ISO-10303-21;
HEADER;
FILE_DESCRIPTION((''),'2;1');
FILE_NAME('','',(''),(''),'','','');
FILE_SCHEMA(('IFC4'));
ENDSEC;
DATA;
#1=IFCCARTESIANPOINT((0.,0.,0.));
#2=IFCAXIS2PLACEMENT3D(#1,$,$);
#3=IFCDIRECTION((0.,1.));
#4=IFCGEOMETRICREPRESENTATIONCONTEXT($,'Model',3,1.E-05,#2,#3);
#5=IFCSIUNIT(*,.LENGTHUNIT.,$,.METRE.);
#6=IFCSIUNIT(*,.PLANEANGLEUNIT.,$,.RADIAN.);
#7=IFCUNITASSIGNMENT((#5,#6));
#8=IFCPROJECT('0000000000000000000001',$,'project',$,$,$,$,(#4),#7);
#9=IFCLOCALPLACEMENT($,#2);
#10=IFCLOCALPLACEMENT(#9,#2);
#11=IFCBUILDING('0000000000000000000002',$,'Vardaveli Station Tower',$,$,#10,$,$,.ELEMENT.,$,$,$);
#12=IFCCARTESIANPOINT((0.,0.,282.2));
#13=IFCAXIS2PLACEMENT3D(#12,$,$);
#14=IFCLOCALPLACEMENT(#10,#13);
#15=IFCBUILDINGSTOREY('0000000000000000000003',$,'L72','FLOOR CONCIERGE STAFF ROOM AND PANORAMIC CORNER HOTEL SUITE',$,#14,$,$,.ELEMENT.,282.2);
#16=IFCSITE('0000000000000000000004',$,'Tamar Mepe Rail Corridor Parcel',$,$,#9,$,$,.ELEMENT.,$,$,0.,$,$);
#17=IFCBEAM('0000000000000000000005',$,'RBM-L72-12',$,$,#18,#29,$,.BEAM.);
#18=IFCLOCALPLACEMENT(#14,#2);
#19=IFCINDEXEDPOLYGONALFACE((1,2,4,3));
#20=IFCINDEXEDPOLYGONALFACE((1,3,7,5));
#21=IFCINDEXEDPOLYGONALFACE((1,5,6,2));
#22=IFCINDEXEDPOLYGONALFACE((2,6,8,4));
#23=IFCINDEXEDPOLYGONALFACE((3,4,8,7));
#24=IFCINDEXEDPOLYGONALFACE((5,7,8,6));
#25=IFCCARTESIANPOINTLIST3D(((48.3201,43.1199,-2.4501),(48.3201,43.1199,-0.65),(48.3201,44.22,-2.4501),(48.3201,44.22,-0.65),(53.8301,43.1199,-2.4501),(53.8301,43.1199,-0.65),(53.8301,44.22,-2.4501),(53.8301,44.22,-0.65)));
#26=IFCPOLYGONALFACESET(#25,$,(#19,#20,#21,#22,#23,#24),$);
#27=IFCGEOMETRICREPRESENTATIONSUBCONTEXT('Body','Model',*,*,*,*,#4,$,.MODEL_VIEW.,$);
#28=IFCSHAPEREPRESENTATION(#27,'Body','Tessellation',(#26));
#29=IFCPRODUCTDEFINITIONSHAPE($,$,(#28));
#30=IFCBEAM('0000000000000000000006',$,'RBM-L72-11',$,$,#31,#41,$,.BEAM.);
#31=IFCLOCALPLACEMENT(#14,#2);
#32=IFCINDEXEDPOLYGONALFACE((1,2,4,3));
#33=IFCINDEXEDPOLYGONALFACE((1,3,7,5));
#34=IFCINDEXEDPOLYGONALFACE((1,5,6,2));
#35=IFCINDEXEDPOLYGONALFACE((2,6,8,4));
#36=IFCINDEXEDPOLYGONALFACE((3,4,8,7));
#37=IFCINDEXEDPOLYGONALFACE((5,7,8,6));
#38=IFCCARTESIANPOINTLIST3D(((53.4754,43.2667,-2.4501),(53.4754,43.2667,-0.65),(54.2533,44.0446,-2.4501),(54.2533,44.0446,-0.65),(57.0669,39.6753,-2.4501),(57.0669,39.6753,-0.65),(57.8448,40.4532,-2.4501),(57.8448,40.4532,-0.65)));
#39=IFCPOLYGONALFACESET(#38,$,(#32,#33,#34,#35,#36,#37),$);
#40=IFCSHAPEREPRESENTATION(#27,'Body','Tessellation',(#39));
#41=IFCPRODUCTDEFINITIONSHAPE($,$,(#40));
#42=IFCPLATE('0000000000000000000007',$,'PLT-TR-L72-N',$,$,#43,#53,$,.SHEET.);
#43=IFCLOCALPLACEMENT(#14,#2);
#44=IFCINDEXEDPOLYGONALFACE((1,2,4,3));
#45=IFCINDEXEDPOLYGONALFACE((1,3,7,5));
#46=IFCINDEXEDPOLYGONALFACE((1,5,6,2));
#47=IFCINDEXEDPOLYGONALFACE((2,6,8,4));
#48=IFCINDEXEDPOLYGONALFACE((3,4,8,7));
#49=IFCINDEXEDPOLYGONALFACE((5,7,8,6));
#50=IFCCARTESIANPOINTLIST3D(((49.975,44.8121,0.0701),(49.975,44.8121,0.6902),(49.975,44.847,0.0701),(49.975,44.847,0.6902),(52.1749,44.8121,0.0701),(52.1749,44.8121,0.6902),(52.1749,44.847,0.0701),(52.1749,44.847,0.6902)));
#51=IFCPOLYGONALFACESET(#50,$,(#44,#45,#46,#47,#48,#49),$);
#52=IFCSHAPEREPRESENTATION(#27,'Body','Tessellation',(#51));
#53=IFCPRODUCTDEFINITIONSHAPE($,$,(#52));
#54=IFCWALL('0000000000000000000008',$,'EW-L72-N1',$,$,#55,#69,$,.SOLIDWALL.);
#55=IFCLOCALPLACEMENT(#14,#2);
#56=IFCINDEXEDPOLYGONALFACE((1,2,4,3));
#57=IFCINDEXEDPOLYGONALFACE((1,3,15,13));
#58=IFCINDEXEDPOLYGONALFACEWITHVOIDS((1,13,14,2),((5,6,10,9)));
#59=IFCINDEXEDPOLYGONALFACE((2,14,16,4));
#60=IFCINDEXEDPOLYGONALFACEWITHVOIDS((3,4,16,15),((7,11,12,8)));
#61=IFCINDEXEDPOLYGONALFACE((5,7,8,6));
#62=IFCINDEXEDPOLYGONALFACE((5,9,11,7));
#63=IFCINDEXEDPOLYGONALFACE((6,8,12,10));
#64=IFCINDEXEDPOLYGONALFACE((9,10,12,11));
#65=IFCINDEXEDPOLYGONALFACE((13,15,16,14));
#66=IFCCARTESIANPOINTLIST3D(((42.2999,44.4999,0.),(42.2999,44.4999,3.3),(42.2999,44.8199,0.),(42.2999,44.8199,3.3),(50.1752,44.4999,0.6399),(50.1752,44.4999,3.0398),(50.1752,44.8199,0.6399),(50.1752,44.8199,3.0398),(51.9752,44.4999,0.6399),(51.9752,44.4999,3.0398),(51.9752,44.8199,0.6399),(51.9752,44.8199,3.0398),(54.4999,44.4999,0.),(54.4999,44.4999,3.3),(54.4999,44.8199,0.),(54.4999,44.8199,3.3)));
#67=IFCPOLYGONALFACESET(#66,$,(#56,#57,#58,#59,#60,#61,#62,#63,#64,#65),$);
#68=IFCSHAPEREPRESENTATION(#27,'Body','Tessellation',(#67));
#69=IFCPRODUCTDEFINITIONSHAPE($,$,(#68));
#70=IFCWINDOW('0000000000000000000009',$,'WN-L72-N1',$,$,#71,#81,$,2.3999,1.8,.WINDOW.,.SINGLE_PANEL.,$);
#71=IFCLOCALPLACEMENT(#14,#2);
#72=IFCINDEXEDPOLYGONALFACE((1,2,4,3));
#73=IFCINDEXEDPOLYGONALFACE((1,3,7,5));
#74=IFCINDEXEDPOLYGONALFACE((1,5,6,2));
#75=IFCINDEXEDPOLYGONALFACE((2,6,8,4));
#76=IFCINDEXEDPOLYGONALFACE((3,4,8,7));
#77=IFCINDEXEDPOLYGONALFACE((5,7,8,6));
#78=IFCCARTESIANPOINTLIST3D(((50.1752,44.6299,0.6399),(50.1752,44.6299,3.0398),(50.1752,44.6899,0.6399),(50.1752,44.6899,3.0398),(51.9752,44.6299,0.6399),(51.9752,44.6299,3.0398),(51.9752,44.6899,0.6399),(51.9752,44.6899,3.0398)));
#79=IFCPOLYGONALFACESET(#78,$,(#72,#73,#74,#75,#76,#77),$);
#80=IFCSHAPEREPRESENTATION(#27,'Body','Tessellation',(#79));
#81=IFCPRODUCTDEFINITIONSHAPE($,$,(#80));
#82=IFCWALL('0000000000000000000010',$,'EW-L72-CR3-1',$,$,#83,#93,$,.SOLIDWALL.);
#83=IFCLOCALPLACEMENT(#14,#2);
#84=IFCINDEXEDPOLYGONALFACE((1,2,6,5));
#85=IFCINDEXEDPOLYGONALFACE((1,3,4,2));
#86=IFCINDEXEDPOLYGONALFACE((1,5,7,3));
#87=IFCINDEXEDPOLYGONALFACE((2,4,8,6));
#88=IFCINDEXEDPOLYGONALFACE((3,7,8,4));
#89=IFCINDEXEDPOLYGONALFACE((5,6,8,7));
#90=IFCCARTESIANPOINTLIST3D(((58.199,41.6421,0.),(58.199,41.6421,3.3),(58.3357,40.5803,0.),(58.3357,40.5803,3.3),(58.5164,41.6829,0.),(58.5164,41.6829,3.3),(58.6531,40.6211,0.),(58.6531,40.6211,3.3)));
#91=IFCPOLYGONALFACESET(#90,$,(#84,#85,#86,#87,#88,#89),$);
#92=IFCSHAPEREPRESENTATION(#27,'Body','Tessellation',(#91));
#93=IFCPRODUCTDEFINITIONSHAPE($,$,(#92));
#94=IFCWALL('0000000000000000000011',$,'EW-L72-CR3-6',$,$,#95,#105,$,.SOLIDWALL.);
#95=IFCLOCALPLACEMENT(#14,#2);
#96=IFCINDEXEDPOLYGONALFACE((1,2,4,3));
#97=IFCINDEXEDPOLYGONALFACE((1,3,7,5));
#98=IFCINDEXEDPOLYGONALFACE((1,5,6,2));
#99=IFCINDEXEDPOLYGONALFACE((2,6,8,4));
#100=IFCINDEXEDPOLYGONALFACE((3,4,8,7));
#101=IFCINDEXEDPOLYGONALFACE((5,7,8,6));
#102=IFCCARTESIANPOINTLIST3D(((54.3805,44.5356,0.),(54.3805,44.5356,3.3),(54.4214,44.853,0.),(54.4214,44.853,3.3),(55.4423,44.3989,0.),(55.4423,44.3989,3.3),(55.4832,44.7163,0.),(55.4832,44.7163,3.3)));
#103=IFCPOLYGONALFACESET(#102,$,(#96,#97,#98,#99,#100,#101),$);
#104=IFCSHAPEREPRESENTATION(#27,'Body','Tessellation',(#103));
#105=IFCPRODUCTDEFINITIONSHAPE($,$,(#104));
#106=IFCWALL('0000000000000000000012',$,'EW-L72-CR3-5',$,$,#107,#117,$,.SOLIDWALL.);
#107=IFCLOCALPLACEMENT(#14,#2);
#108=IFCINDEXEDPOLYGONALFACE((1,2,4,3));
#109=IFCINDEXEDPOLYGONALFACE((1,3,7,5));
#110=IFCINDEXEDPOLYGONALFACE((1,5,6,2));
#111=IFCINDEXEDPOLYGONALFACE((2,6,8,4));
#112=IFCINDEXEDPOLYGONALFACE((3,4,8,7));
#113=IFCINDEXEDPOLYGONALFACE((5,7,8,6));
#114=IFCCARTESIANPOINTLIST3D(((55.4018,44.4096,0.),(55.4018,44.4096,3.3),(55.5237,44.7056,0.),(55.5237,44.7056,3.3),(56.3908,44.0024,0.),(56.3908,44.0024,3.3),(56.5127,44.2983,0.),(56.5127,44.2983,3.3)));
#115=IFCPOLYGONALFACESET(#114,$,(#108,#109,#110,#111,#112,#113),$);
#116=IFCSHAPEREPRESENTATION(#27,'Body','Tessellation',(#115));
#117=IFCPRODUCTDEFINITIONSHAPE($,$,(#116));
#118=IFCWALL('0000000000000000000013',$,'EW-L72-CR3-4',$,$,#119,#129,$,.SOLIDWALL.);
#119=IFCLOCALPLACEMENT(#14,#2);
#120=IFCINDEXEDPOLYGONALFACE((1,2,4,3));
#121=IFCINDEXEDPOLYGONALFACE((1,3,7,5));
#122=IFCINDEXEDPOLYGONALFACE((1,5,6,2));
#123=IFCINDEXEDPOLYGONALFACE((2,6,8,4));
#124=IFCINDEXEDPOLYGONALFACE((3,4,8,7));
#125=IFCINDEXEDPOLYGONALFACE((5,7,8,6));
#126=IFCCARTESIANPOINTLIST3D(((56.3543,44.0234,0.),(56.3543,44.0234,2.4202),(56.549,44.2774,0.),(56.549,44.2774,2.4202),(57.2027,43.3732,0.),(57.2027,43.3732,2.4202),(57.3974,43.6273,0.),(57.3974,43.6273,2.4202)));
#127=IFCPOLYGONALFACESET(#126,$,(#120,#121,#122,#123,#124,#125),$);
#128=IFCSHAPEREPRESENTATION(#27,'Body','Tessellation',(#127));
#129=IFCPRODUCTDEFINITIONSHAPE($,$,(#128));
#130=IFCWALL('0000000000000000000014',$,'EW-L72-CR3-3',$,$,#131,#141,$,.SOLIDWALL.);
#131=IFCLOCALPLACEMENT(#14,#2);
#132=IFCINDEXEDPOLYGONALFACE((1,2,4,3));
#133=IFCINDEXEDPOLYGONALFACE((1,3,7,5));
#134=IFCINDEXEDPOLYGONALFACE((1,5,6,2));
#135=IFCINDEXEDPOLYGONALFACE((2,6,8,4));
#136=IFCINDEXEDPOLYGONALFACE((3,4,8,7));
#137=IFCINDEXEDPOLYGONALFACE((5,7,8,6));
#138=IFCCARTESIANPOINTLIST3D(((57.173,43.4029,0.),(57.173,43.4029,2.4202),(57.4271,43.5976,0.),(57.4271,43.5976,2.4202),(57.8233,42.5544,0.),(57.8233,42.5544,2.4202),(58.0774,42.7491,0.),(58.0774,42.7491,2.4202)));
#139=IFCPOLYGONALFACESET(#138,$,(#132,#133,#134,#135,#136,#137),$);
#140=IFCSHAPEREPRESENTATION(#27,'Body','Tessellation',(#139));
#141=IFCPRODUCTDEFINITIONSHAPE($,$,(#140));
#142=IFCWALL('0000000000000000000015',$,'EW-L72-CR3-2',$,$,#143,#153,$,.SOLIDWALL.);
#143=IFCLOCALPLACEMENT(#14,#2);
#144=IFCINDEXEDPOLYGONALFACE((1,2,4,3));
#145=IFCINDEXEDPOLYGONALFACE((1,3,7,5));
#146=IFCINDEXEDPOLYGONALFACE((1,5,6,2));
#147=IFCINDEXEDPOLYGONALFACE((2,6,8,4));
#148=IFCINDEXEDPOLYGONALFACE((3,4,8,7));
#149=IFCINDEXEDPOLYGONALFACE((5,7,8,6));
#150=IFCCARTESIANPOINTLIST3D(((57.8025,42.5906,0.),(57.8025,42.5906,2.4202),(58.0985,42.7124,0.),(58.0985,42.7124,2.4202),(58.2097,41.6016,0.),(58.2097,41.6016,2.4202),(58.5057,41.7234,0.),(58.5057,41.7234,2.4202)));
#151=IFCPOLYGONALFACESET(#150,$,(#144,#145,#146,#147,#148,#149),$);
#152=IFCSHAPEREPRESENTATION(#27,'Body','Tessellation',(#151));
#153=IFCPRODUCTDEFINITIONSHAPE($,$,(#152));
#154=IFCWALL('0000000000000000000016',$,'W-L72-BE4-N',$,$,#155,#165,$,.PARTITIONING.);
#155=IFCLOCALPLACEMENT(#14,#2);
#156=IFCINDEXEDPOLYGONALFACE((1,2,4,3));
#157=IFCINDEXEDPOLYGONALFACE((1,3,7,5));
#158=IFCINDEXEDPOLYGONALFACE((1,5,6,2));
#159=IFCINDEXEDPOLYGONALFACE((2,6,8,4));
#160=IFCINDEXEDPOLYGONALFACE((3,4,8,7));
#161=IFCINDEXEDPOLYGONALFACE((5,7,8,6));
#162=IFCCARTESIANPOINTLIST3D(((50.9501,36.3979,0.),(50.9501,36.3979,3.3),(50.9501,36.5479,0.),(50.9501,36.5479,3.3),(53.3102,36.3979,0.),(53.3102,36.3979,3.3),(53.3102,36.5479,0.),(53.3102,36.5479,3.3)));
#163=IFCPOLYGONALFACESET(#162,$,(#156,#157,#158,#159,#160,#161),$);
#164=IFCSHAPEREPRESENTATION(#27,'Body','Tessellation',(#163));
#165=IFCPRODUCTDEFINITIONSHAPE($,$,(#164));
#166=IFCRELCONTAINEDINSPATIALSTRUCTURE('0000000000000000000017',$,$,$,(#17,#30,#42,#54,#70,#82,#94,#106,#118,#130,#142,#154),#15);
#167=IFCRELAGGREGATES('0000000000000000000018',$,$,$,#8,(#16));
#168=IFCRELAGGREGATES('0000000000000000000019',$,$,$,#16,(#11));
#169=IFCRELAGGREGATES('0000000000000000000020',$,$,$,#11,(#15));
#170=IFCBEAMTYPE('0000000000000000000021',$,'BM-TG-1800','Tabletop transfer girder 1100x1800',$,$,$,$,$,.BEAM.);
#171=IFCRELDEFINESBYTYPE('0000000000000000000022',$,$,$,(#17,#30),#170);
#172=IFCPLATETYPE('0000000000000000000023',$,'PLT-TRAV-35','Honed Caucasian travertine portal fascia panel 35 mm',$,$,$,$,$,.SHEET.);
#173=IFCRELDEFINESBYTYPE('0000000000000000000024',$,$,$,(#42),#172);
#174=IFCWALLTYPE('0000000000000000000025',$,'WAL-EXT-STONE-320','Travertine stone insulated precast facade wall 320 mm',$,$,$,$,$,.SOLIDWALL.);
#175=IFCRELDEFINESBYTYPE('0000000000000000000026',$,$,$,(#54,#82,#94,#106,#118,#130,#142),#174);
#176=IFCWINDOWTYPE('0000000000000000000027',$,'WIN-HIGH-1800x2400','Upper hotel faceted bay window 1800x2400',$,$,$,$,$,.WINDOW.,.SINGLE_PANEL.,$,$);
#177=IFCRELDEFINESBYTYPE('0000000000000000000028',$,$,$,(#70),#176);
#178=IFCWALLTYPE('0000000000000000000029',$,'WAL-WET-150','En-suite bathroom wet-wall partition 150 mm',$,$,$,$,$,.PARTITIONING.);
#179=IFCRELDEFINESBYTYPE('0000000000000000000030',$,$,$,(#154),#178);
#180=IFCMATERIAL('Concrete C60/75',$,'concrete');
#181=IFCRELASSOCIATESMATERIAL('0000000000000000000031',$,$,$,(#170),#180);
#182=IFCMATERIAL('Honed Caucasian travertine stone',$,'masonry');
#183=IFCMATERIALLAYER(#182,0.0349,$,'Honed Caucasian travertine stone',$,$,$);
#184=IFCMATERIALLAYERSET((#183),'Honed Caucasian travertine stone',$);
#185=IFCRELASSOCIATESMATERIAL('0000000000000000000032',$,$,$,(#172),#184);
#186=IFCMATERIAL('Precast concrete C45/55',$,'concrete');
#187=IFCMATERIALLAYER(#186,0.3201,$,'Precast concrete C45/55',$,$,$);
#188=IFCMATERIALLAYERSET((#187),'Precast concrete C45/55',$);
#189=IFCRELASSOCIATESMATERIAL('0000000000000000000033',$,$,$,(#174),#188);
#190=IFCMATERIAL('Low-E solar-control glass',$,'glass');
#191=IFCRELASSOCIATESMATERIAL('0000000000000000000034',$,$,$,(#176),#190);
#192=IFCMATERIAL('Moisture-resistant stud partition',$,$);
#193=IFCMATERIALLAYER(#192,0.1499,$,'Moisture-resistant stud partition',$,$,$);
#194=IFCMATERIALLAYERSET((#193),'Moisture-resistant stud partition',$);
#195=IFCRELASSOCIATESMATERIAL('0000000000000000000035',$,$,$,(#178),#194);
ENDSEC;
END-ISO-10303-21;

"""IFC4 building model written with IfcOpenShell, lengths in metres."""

from ifc_helpers import new_model, si_unit, direction, frame, frame_2d, origin, origin_2d, place, context, subcontext, project, spatial, rectangle, extrude, source, transform, mapped, material, layer, layer_set, material_profile, profile_set, type_object, element, fill, save


model = new_model("IFC4")

# Units and contexts
model_context = context("Model", 3, precision=1e-05, world=origin(), true_north=direction((0.0, 1.0)))
body_context = subcontext(model_context, "Body", "Model", "MODEL_VIEW")
ifc_project = project(units=[si_unit("LENGTHUNIT", "METRE"), si_unit("PLANEANGLEUNIT", "RADIAN")], contexts=[model_context])

# Site, building, storey
site_placement = place(None, origin())
site = spatial("IfcSite", under=ifc_project, at=site_placement, Name="Tamar Mepe Rail Corridor Parcel", CompositionType="ELEMENT", RefElevation=0.0)
building_placement = place(site_placement, origin())
building = spatial("IfcBuilding", under=site, at=building_placement, Name="Vardaveli Station Tower", CompositionType="ELEMENT")
storey_placement = place(building_placement, frame((0.0, 0.0, 282.2)))
storey = spatial("IfcBuildingStorey", under=building, at=storey_placement, Name="L72", Description="FLOOR CONCIERGE STAFF ROOM AND PANORAMIC CORNER HOTEL SUITE", CompositionType="ELEMENT", Elevation=282.2)

# Beams
ifc_material_1 = material(Name="Concrete C60/75", Category="concrete")
ifc_material_profile_1 = material_profile(ifc_material_1, rectangle(XDim=1.1001, YDim=1.8, at=origin_2d()), Name="TG 1100x1800")
ifc_profile_set_1 = profile_set([ifc_material_profile_1], Name="Concrete C60/75")
beam_type = type_object("IfcBeamType", Name="BM-TG-1800", Description="Tabletop transfer girder 1100x1800", PredefinedType="BEAM", material=ifc_profile_set_1)
shared_shape_1 = source(origin(), body_context, "Body", "SweptSolid", [
    extrude(rectangle(XDim=1.1001, YDim=1.8, at=origin_2d()), origin(), (0.0, 0.0, 1.0), 5.51),
])
beam_1_placement = place(storey_placement, frame((53.8301, 43.6699, -1.55), z_axis=(-1.0, 0.0, 0.0), x_axis=(0.0, -1.0, 0.0)))
element("IfcBeam", 1, at=beam_1_placement, inside=storey, type_object=beam_type, Name="RBM-L72-12", PredefinedType="BEAM", context=body_context, shape_type="MappedRepresentation", body=[
    mapped(shared_shape_1, transform((0.0, 0.0, 0.0), scale=1.0)),
])
shared_shape_2 = source(origin(), body_context, "Body", "SweptSolid", [
    extrude(rectangle(XDim=1.1001, YDim=1.8, at=origin_2d()), origin(), (0.0, 0.0, 1.0), 5.0791),
])
beam_2_placement = place(storey_placement, frame((57.4558, 40.0642, -1.55), z_axis=(-0.707107, 0.707107, 0.0), x_axis=(-0.707107, -0.707107, 0.0)))
element("IfcBeam", 2, at=beam_2_placement, inside=storey, type_object=beam_type, Name="RBM-L72-11", PredefinedType="BEAM", context=body_context, shape_type="MappedRepresentation", body=[
    mapped(shared_shape_2, transform((0.0, 0.0, 0.0), scale=1.0)),
])

# Plate
ifc_material_2 = material(Name="Honed Caucasian travertine stone", Category="masonry")
ifc_layer_1 = layer(ifc_material_2, 0.0349, Name="Honed Caucasian travertine stone")
ifc_layer_set_1 = layer_set([ifc_layer_1], Name="Honed Caucasian travertine stone")
plate_type = type_object("IfcPlateType", Name="PLT-TRAV-35", Description="Honed Caucasian travertine portal fascia panel 35 mm", PredefinedType="SHEET", material=ifc_layer_set_1)
shared_shape_3 = source(origin(), body_context, "Body", "SweptSolid", [
    extrude(rectangle(XDim=2.2, YDim=0.0349, at=origin_2d()), origin(), (0.0, 0.0, 1.0), 0.6201),
])
plate_placement = place(storey_placement, frame((51.075, 44.8296, 0.0701), z_axis=(0.0, 0.0, 1.0), x_axis=(1.0, 0.0, 0.0)))
element("IfcPlate", 3, at=plate_placement, inside=storey, type_object=plate_type, Name="PLT-TR-L72-N", PredefinedType="SHEET", context=body_context, shape_type="MappedRepresentation", body=[
    mapped(shared_shape_3, transform((0.0, 0.0, 0.0), scale=1.0)),
])

# Wall, opening, window
ifc_material_3 = material(Name="Precast concrete C45/55", Category="concrete")
ifc_layer_2 = layer(ifc_material_3, 0.3201, Name="Precast concrete C45/55")
ifc_layer_set_2 = layer_set([ifc_layer_2], Name="Precast concrete C45/55")
wall_type_1 = type_object("IfcWallType", Name="WAL-EXT-STONE-320", Description="Travertine stone insulated precast facade wall 320 mm", PredefinedType="SOLIDWALL", material=ifc_layer_set_2)
shared_shape_4 = source(origin(), body_context, "Body", "SweptSolid", [
    extrude(rectangle(XDim=12.2, YDim=0.3201, at=frame_2d((6.1001, 0.0))), origin(), (0.0, 0.0, 1.0), 3.3),
])
wall_1_placement = place(storey_placement, frame((54.5, 44.6599, 0.0), z_axis=(0.0, 0.0, 1.0), x_axis=(-1.0, 0.0, 0.0)))
wall_1 = element("IfcWall", 4, at=wall_1_placement, inside=storey, type_object=wall_type_1, Name="EW-L72-N1", PredefinedType="SOLIDWALL", context=body_context, shape_type="MappedRepresentation", body=[
    mapped(shared_shape_4, transform((0.0, 0.0, 0.0), scale=1.0)),
])
shared_shape_5 = source(origin(), body_context, "Body", "SweptSolid", [
    extrude(rectangle(XDim=1.8, YDim=2.3999, at=frame_2d((0.8999, 1.2))), frame((0.0, 0.1699, 0.0), z_axis=(0.0, -1.0, 0.0), x_axis=(1.0, 0.0, 0.0)), (0.0, 0.0, 1.0), 0.3401),
])
opening_placement = place(wall_1_placement, frame((2.5249, 0.0, 0.6399)))
opening = element("IfcOpeningElement", 5, at=opening_placement, cuts=wall_1, PredefinedType="OPENING", context=body_context, shape_type="MappedRepresentation", body=[
    mapped(shared_shape_5, transform((0.0, 0.0, 0.0), scale=1.0)),
])
ifc_material_4 = material(Name="Low-E solar-control glass", Category="glass")
window_type = type_object("IfcWindowType", Name="WIN-HIGH-1800x2400", Description="Upper hotel faceted bay window 1800x2400", PartitioningType="SINGLE_PANEL", PredefinedType="WINDOW", material=ifc_material_4)
shared_shape_6 = source(origin(), body_context, "Body", "SweptSolid", [
    extrude(rectangle(XDim=1.8, YDim=2.3999, at=frame_2d((0.8999, 1.2))), frame((0.0, 0.03, 0.0), z_axis=(0.0, -1.0, 0.0), x_axis=(1.0, 0.0, 0.0)), (0.0, 0.0, 1.0), 0.0601),
])
window_placement = place(opening_placement, origin())
window = element("IfcWindow", 6, at=window_placement, inside=storey, type_object=window_type, Name="WN-L72-N1", OverallHeight=2.3999, OverallWidth=1.8, PartitioningType="SINGLE_PANEL", PredefinedType="WINDOW", context=body_context, shape_type="MappedRepresentation", body=[
    mapped(shared_shape_6, transform((0.0, 0.0, 0.0), scale=1.0)),
])
fill(opening, window)

# Walls
shared_shape_7 = source(origin(), body_context, "Body", "SweptSolid", [
    extrude(rectangle(XDim=1.0706, YDim=0.3201, at=frame_2d((0.5352, 0.0))), origin(), (0.0, 0.0, 1.0), 3.3),
])
for number, where, z_axis, x_axis, name in (
    (7, (58.4944, 40.6008, 0.0), (0.0, 0.0, 1.0), (-0.127711, 0.991811, 0.0), "EW-L72-CR3-1"),
    (8, (55.4626, 44.5576, 0.0), (0.0, 0.0, 1.0), (-0.991811, 0.127711, 0.0), "EW-L72-CR3-6"),
):
    element("IfcWall", number, at=place(storey_placement, frame(where, z_axis=z_axis, x_axis=x_axis)), inside=storey, type_object=wall_type_1, Name=name, PredefinedType="SOLIDWALL", context=body_context, shape_type="MappedRepresentation", body=[
        mapped(shared_shape_7, transform((0.0, 0.0, 0.0), scale=1.0)),
    ])
shared_shape_8 = source(origin(), body_context, "Body", "SweptSolid", [
    extrude(rectangle(XDim=1.0696, YDim=0.3201, at=frame_2d((0.5347, 0.0))), origin(), (0.0, 0.0, 1.0), 3.3),
])
wall_2_placement = place(storey_placement, frame((56.4517, 44.1504, 0.0), z_axis=(0.0, 0.0, 1.0), x_axis=(-0.924683, 0.380738, 0.0)))
element("IfcWall", 9, at=wall_2_placement, inside=storey, type_object=wall_type_1, Name="EW-L72-CR3-5", PredefinedType="SOLIDWALL", context=body_context, shape_type="MappedRepresentation", body=[
    mapped(shared_shape_8, transform((0.0, 0.0, 0.0), scale=1.0)),
])
shared_shape_9 = source(origin(), body_context, "Body", "SweptSolid", [
    extrude(rectangle(XDim=1.0688, YDim=0.3201, at=frame_2d((0.5344, 0.0))), origin(), (0.0, 0.0, 1.0), 2.4202),
])
wall_3_placement = place(storey_placement, frame((57.3, 43.5002, 0.0), z_axis=(0.0, 0.0, 1.0), x_axis=(-0.793735, 0.608264, 0.0)))
element("IfcWall", 10, at=wall_3_placement, inside=storey, type_object=wall_type_1, Name="EW-L72-CR3-4", PredefinedType="SOLIDWALL", context=body_context, shape_type="MappedRepresentation", body=[
    mapped(shared_shape_9, transform((0.0, 0.0, 0.0), scale=1.0)),
])
shared_shape_10 = source(origin(), body_context, "Body", "SweptSolid", [
    extrude(rectangle(XDim=1.0691, YDim=0.3201, at=frame_2d((0.5347, 0.0))), origin(), (0.0, 0.0, 1.0), 2.4202),
])
wall_4_placement = place(storey_placement, frame((57.9504, 42.6516, 0.0), z_axis=(0.0, 0.0, 1.0), x_axis=(-0.608297, 0.793709, 0.0)))
element("IfcWall", 11, at=wall_4_placement, inside=storey, type_object=wall_type_1, Name="EW-L72-CR3-3", PredefinedType="SOLIDWALL", context=body_context, shape_type="MappedRepresentation", body=[
    mapped(shared_shape_10, transform((0.0, 0.0, 0.0), scale=1.0)),
])
shared_shape_11 = source(origin(), body_context, "Body", "SweptSolid", [
    extrude(rectangle(XDim=1.0696, YDim=0.3201, at=frame_2d((0.5347, 0.0))), origin(), (0.0, 0.0, 1.0), 2.4202),
])
wall_5_placement = place(storey_placement, frame((58.3577, 41.6626, 0.0), z_axis=(0.0, 0.0, 1.0), x_axis=(-0.380738, 0.924683, 0.0)))
element("IfcWall", 12, at=wall_5_placement, inside=storey, type_object=wall_type_1, Name="EW-L72-CR3-2", PredefinedType="SOLIDWALL", context=body_context, shape_type="MappedRepresentation", body=[
    mapped(shared_shape_11, transform((0.0, 0.0, 0.0), scale=1.0)),
])
ifc_material_5 = material(Name="Moisture-resistant stud partition")
ifc_layer_3 = layer(ifc_material_5, 0.1499, Name="Moisture-resistant stud partition")
ifc_layer_set_3 = layer_set([ifc_layer_3], Name="Moisture-resistant stud partition")
wall_type_2 = type_object("IfcWallType", Name="WAL-WET-150", Description="En-suite bathroom wet-wall partition 150 mm", PredefinedType="PARTITIONING", material=ifc_layer_set_3)
shared_shape_12 = source(origin(), body_context, "Body", "SweptSolid", [
    extrude(rectangle(XDim=2.3601, YDim=0.1499, at=frame_2d((1.1802, 0.0))), origin(), (0.0, 0.0, 1.0), 3.3),
])
wall_6_placement = place(storey_placement, frame((50.95, 36.4729, 0.0), z_axis=(0.0, 0.0, 1.0), x_axis=(1.0, 0.0, 0.0)))
element("IfcWall", 13, at=wall_6_placement, inside=storey, type_object=wall_type_2, Name="W-L72-BE4-N", PredefinedType="PARTITIONING", context=body_context, shape_type="MappedRepresentation", body=[
    mapped(shared_shape_12, transform((0.0, 0.0, 0.0), scale=1.0)),
])

save(model, "model.ifc")
